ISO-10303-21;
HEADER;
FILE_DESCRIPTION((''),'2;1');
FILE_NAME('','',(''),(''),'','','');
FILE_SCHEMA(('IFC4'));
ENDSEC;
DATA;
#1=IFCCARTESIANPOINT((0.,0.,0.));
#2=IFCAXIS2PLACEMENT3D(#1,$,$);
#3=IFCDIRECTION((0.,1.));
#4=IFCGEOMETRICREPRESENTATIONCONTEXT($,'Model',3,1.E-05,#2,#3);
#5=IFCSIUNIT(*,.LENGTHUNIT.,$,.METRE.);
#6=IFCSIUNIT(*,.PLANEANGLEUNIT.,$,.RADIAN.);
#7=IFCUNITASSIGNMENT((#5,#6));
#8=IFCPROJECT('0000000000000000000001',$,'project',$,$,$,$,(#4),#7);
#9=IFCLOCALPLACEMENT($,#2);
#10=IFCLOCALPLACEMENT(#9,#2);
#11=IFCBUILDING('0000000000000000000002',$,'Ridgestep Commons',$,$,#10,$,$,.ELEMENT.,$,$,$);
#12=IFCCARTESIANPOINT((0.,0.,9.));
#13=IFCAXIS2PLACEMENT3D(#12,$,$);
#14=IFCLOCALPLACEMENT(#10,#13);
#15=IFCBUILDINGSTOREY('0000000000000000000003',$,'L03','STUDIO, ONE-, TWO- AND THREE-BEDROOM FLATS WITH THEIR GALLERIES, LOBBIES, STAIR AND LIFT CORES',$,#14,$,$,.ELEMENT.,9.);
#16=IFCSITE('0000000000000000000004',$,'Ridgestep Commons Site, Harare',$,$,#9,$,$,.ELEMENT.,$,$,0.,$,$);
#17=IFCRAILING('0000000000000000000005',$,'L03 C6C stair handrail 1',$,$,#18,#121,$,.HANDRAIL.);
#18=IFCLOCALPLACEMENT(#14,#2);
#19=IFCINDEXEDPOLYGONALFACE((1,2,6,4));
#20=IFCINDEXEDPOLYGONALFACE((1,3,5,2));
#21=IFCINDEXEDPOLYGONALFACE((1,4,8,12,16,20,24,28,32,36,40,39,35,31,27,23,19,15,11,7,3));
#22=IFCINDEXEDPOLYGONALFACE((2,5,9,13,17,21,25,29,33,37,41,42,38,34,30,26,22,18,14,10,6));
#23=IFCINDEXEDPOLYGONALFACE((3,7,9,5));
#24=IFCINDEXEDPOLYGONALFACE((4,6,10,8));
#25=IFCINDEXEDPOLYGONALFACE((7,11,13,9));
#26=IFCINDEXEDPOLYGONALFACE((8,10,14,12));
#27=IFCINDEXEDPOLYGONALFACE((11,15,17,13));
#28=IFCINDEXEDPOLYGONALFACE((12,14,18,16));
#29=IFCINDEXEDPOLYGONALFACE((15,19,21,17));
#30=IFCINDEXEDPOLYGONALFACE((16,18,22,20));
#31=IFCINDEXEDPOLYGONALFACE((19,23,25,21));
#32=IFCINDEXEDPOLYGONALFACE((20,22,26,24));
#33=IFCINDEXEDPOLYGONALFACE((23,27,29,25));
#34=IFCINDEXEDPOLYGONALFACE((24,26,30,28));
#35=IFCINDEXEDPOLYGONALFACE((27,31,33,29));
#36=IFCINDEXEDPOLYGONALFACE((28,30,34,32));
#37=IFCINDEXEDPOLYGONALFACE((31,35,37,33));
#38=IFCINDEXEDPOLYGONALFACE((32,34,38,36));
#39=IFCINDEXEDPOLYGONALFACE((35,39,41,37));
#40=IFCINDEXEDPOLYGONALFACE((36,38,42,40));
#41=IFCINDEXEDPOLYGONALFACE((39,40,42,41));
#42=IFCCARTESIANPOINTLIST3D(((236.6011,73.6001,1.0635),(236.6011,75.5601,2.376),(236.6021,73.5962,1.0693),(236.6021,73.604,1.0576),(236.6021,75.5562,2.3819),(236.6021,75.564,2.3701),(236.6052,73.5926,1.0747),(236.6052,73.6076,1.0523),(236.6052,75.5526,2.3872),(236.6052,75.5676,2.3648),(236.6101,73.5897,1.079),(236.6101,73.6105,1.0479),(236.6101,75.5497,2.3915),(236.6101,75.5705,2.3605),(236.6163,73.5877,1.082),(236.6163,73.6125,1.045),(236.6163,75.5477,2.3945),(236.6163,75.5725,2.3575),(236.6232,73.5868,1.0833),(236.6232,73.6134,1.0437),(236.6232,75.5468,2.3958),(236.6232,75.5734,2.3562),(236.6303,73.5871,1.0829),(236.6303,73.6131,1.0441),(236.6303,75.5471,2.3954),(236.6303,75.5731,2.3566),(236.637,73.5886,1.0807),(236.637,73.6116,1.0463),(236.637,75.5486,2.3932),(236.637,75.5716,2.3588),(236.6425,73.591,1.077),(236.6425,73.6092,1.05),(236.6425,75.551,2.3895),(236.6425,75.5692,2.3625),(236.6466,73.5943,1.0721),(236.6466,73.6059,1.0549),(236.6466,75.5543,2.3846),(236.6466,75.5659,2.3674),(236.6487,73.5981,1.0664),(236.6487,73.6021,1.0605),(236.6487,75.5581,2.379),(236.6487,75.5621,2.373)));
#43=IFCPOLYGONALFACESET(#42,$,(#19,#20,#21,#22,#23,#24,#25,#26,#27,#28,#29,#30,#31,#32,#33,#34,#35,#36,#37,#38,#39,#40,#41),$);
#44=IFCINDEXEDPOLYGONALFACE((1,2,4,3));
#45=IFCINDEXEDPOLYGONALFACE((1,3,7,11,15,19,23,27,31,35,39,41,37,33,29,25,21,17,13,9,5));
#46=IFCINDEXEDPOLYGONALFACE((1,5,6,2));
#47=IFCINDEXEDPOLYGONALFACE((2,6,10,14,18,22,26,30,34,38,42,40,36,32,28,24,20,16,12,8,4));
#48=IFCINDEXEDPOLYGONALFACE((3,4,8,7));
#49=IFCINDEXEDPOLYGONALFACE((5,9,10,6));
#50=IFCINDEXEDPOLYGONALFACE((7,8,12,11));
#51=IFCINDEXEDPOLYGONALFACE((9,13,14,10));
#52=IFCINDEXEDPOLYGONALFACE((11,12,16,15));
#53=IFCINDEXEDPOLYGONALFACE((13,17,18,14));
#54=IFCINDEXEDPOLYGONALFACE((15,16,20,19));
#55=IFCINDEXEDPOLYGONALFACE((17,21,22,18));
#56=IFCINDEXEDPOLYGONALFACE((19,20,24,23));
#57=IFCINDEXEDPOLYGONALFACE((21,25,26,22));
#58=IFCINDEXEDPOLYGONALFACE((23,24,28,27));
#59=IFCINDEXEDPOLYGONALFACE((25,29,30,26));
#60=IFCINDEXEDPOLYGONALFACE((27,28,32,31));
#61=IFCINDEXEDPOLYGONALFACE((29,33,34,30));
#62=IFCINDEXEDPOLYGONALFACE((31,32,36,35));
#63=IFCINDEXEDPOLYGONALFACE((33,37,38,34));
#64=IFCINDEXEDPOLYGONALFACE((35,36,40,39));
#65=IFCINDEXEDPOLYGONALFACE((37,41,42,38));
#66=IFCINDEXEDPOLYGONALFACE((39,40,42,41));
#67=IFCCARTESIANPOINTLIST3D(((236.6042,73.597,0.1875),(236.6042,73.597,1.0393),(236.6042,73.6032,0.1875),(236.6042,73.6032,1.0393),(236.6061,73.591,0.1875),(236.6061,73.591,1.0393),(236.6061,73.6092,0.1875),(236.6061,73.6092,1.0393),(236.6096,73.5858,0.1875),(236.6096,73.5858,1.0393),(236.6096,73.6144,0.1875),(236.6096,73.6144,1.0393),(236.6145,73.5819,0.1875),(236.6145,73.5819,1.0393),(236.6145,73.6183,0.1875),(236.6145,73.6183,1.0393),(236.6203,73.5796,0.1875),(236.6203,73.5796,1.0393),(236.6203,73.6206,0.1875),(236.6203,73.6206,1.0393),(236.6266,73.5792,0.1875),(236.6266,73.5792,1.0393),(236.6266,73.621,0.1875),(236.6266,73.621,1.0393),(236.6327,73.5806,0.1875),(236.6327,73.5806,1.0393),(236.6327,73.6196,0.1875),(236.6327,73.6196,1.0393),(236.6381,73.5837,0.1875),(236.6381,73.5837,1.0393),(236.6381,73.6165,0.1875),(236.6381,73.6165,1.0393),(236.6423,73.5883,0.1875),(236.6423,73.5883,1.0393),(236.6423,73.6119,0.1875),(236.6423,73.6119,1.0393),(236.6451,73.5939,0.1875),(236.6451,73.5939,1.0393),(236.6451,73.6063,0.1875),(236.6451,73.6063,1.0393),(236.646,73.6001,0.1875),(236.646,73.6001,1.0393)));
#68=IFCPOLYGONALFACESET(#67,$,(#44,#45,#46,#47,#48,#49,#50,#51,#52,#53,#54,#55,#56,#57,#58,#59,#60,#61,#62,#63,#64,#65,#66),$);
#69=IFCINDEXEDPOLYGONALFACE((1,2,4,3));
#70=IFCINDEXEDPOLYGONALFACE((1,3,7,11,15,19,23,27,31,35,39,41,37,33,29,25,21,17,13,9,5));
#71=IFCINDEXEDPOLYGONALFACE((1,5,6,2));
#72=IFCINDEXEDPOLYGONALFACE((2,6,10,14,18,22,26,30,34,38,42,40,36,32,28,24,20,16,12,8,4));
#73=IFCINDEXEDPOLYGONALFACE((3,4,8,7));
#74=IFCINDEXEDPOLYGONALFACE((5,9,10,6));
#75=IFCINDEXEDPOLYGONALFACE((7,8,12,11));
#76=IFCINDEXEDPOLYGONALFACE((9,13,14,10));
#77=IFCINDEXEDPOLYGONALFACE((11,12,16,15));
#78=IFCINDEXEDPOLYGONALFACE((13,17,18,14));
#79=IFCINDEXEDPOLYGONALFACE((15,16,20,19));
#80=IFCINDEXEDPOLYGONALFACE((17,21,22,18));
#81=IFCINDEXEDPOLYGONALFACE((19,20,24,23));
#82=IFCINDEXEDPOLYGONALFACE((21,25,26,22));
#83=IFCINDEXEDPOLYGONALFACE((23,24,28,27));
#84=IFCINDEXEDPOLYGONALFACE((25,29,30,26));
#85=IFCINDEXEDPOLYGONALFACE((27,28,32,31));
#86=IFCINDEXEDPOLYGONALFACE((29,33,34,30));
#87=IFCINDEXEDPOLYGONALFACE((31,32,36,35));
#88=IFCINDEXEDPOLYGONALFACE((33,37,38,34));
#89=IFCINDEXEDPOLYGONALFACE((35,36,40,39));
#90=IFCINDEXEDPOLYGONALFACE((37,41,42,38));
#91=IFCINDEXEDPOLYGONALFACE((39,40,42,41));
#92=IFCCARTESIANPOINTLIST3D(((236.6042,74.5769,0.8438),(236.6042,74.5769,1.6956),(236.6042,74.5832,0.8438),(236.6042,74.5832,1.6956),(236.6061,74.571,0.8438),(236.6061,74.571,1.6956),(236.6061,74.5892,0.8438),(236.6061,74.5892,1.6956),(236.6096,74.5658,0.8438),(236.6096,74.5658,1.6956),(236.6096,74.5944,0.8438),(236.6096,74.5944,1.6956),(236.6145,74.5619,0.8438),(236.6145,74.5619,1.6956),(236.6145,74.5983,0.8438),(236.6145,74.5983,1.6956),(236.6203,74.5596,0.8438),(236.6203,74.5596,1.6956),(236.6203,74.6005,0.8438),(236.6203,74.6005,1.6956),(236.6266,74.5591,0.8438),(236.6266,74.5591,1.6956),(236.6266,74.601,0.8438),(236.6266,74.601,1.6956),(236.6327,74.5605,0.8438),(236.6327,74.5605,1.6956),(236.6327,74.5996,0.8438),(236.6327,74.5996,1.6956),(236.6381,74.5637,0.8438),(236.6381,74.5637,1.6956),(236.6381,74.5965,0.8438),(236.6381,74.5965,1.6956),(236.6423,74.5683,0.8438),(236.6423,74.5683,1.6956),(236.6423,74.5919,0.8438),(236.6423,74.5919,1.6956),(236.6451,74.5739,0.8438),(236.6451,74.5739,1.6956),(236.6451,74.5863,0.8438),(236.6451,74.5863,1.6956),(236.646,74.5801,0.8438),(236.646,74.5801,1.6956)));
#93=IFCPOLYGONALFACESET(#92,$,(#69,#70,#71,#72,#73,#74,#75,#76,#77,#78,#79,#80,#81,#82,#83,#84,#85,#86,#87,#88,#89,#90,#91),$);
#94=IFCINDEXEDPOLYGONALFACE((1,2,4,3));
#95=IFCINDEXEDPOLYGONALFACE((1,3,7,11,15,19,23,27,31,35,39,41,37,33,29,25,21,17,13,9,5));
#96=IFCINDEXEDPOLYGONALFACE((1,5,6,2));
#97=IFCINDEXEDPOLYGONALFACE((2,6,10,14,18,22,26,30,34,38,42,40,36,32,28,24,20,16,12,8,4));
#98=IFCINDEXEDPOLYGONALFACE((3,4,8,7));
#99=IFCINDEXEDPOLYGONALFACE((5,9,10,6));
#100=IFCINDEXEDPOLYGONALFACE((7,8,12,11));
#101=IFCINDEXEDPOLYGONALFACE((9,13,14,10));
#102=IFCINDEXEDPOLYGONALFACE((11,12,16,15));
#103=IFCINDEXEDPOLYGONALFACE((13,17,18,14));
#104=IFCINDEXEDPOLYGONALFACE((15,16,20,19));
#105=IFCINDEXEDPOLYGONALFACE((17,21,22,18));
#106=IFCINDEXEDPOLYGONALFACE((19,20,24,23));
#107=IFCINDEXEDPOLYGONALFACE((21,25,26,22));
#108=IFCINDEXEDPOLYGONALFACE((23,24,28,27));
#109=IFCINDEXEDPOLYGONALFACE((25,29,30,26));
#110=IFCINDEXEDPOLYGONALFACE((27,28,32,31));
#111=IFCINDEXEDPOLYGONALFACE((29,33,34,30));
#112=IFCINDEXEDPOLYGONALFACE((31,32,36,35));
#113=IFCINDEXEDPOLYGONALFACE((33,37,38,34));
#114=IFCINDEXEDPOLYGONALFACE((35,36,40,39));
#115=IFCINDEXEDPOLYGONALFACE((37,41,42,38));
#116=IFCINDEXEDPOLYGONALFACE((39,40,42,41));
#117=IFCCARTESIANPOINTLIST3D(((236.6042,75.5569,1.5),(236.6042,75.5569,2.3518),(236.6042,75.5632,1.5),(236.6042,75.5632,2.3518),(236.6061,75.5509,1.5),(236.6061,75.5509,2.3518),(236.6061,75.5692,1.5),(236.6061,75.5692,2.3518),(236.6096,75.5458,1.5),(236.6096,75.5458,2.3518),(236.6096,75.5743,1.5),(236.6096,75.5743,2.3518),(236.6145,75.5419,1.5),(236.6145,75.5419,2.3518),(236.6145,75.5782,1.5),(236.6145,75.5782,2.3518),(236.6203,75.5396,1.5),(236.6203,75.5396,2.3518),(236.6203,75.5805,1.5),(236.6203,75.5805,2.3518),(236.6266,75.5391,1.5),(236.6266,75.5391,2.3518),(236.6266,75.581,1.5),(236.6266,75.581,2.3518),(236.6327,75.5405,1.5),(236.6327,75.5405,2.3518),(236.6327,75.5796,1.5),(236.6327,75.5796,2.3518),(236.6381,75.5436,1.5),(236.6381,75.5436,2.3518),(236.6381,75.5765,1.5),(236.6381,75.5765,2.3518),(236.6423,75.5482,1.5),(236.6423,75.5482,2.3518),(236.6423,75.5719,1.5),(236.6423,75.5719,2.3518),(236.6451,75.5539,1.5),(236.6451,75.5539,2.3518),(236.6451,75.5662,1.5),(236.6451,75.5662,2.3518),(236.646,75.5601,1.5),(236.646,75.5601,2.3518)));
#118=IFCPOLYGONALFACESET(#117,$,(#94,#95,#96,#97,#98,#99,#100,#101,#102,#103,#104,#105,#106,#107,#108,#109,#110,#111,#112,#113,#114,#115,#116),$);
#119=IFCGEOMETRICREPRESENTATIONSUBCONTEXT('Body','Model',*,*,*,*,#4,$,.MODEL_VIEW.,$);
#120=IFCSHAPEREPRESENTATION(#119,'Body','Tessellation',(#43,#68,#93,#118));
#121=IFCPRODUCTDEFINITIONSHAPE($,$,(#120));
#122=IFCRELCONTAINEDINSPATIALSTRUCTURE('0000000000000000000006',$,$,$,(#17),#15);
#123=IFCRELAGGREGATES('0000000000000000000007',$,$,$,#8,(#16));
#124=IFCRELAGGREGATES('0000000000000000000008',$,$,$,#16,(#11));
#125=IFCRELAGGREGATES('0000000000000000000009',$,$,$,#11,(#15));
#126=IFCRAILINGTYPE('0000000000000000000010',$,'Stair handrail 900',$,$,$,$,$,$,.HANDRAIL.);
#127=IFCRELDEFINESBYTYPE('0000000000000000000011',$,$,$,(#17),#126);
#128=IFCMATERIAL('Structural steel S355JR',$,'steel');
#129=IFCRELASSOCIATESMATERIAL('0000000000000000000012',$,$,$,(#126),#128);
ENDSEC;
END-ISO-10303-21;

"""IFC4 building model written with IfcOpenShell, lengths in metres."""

from ifc_helpers import new_model, si_unit, direction, frame, origin, origin_2d, place, context, subcontext, project, spatial, circle, extrude, material, type_object, element, save


model = new_model("IFC4")

# Units and contexts
model_context = context("Model", 3, precision=1e-05, world=origin(), true_north=direction((0.0, 1.0)))
body_context = subcontext(model_context, "Body", "Model", "MODEL_VIEW")
ifc_project = project(units=[si_unit("LENGTHUNIT", "METRE"), si_unit("PLANEANGLEUNIT", "RADIAN")], contexts=[model_context])

# Site, building, storey
site_placement = place(None, origin())
site = spatial("IfcSite", under=ifc_project, at=site_placement, Name="Ridgestep Commons Site, Harare", CompositionType="ELEMENT", RefElevation=0.0)
building_placement = place(site_placement, origin())
building = spatial("IfcBuilding", under=site, at=building_placement, Name="Ridgestep Commons", CompositionType="ELEMENT")
storey_placement = place(building_placement, frame((0.0, 0.0, 9.0)))
storey = spatial("IfcBuildingStorey", under=building, at=storey_placement, Name="L03", Description="STUDIO, ONE-, TWO- AND THREE-BEDROOM FLATS WITH THEIR GALLERIES, LOBBIES, STAIR AND LIFT CORES", CompositionType="ELEMENT", Elevation=9.0)

# Railing
ifc_material_1 = material(Name="Structural steel S355JR", Category="steel")
railing_type_1 = type_object("IfcRailingType", Name="Stair handrail 900", PredefinedType="HANDRAIL", material=ifc_material_1)
railing_1_placement = place(storey_placement, frame((236.625, 73.6001, 0.1875)))
element("IfcRailing", 1, at=railing_1_placement, inside=storey, type_object=railing_type_1, Name="L03 C6C stair handrail 1", PredefinedType="HANDRAIL", context=body_context, shape_type="SweptSolid", body=[
    extrude(circle(Radius=0.0239, at=origin_2d()), frame((0.0, 0.0, 0.876), z_axis=(0.0, 0.830902, 0.556419), x_axis=(-1.0, 0.0, 0.0)), (0.0, 0.0, 1.0), 2.3589),
    extrude(circle(Radius=0.021, at=origin_2d()), origin(), (0.0, 0.0, 1.0), 0.8518),
    extrude(circle(Radius=0.021, at=origin_2d()), frame((0.0, 0.98, 0.6562)), (0.0, 0.0, 1.0), 0.8518),
    extrude(circle(Radius=0.021, at=origin_2d()), frame((0.0, 1.96, 1.3125)), (0.0, 0.0, 1.0), 0.8518),
])

save(model, "model.ifc")
